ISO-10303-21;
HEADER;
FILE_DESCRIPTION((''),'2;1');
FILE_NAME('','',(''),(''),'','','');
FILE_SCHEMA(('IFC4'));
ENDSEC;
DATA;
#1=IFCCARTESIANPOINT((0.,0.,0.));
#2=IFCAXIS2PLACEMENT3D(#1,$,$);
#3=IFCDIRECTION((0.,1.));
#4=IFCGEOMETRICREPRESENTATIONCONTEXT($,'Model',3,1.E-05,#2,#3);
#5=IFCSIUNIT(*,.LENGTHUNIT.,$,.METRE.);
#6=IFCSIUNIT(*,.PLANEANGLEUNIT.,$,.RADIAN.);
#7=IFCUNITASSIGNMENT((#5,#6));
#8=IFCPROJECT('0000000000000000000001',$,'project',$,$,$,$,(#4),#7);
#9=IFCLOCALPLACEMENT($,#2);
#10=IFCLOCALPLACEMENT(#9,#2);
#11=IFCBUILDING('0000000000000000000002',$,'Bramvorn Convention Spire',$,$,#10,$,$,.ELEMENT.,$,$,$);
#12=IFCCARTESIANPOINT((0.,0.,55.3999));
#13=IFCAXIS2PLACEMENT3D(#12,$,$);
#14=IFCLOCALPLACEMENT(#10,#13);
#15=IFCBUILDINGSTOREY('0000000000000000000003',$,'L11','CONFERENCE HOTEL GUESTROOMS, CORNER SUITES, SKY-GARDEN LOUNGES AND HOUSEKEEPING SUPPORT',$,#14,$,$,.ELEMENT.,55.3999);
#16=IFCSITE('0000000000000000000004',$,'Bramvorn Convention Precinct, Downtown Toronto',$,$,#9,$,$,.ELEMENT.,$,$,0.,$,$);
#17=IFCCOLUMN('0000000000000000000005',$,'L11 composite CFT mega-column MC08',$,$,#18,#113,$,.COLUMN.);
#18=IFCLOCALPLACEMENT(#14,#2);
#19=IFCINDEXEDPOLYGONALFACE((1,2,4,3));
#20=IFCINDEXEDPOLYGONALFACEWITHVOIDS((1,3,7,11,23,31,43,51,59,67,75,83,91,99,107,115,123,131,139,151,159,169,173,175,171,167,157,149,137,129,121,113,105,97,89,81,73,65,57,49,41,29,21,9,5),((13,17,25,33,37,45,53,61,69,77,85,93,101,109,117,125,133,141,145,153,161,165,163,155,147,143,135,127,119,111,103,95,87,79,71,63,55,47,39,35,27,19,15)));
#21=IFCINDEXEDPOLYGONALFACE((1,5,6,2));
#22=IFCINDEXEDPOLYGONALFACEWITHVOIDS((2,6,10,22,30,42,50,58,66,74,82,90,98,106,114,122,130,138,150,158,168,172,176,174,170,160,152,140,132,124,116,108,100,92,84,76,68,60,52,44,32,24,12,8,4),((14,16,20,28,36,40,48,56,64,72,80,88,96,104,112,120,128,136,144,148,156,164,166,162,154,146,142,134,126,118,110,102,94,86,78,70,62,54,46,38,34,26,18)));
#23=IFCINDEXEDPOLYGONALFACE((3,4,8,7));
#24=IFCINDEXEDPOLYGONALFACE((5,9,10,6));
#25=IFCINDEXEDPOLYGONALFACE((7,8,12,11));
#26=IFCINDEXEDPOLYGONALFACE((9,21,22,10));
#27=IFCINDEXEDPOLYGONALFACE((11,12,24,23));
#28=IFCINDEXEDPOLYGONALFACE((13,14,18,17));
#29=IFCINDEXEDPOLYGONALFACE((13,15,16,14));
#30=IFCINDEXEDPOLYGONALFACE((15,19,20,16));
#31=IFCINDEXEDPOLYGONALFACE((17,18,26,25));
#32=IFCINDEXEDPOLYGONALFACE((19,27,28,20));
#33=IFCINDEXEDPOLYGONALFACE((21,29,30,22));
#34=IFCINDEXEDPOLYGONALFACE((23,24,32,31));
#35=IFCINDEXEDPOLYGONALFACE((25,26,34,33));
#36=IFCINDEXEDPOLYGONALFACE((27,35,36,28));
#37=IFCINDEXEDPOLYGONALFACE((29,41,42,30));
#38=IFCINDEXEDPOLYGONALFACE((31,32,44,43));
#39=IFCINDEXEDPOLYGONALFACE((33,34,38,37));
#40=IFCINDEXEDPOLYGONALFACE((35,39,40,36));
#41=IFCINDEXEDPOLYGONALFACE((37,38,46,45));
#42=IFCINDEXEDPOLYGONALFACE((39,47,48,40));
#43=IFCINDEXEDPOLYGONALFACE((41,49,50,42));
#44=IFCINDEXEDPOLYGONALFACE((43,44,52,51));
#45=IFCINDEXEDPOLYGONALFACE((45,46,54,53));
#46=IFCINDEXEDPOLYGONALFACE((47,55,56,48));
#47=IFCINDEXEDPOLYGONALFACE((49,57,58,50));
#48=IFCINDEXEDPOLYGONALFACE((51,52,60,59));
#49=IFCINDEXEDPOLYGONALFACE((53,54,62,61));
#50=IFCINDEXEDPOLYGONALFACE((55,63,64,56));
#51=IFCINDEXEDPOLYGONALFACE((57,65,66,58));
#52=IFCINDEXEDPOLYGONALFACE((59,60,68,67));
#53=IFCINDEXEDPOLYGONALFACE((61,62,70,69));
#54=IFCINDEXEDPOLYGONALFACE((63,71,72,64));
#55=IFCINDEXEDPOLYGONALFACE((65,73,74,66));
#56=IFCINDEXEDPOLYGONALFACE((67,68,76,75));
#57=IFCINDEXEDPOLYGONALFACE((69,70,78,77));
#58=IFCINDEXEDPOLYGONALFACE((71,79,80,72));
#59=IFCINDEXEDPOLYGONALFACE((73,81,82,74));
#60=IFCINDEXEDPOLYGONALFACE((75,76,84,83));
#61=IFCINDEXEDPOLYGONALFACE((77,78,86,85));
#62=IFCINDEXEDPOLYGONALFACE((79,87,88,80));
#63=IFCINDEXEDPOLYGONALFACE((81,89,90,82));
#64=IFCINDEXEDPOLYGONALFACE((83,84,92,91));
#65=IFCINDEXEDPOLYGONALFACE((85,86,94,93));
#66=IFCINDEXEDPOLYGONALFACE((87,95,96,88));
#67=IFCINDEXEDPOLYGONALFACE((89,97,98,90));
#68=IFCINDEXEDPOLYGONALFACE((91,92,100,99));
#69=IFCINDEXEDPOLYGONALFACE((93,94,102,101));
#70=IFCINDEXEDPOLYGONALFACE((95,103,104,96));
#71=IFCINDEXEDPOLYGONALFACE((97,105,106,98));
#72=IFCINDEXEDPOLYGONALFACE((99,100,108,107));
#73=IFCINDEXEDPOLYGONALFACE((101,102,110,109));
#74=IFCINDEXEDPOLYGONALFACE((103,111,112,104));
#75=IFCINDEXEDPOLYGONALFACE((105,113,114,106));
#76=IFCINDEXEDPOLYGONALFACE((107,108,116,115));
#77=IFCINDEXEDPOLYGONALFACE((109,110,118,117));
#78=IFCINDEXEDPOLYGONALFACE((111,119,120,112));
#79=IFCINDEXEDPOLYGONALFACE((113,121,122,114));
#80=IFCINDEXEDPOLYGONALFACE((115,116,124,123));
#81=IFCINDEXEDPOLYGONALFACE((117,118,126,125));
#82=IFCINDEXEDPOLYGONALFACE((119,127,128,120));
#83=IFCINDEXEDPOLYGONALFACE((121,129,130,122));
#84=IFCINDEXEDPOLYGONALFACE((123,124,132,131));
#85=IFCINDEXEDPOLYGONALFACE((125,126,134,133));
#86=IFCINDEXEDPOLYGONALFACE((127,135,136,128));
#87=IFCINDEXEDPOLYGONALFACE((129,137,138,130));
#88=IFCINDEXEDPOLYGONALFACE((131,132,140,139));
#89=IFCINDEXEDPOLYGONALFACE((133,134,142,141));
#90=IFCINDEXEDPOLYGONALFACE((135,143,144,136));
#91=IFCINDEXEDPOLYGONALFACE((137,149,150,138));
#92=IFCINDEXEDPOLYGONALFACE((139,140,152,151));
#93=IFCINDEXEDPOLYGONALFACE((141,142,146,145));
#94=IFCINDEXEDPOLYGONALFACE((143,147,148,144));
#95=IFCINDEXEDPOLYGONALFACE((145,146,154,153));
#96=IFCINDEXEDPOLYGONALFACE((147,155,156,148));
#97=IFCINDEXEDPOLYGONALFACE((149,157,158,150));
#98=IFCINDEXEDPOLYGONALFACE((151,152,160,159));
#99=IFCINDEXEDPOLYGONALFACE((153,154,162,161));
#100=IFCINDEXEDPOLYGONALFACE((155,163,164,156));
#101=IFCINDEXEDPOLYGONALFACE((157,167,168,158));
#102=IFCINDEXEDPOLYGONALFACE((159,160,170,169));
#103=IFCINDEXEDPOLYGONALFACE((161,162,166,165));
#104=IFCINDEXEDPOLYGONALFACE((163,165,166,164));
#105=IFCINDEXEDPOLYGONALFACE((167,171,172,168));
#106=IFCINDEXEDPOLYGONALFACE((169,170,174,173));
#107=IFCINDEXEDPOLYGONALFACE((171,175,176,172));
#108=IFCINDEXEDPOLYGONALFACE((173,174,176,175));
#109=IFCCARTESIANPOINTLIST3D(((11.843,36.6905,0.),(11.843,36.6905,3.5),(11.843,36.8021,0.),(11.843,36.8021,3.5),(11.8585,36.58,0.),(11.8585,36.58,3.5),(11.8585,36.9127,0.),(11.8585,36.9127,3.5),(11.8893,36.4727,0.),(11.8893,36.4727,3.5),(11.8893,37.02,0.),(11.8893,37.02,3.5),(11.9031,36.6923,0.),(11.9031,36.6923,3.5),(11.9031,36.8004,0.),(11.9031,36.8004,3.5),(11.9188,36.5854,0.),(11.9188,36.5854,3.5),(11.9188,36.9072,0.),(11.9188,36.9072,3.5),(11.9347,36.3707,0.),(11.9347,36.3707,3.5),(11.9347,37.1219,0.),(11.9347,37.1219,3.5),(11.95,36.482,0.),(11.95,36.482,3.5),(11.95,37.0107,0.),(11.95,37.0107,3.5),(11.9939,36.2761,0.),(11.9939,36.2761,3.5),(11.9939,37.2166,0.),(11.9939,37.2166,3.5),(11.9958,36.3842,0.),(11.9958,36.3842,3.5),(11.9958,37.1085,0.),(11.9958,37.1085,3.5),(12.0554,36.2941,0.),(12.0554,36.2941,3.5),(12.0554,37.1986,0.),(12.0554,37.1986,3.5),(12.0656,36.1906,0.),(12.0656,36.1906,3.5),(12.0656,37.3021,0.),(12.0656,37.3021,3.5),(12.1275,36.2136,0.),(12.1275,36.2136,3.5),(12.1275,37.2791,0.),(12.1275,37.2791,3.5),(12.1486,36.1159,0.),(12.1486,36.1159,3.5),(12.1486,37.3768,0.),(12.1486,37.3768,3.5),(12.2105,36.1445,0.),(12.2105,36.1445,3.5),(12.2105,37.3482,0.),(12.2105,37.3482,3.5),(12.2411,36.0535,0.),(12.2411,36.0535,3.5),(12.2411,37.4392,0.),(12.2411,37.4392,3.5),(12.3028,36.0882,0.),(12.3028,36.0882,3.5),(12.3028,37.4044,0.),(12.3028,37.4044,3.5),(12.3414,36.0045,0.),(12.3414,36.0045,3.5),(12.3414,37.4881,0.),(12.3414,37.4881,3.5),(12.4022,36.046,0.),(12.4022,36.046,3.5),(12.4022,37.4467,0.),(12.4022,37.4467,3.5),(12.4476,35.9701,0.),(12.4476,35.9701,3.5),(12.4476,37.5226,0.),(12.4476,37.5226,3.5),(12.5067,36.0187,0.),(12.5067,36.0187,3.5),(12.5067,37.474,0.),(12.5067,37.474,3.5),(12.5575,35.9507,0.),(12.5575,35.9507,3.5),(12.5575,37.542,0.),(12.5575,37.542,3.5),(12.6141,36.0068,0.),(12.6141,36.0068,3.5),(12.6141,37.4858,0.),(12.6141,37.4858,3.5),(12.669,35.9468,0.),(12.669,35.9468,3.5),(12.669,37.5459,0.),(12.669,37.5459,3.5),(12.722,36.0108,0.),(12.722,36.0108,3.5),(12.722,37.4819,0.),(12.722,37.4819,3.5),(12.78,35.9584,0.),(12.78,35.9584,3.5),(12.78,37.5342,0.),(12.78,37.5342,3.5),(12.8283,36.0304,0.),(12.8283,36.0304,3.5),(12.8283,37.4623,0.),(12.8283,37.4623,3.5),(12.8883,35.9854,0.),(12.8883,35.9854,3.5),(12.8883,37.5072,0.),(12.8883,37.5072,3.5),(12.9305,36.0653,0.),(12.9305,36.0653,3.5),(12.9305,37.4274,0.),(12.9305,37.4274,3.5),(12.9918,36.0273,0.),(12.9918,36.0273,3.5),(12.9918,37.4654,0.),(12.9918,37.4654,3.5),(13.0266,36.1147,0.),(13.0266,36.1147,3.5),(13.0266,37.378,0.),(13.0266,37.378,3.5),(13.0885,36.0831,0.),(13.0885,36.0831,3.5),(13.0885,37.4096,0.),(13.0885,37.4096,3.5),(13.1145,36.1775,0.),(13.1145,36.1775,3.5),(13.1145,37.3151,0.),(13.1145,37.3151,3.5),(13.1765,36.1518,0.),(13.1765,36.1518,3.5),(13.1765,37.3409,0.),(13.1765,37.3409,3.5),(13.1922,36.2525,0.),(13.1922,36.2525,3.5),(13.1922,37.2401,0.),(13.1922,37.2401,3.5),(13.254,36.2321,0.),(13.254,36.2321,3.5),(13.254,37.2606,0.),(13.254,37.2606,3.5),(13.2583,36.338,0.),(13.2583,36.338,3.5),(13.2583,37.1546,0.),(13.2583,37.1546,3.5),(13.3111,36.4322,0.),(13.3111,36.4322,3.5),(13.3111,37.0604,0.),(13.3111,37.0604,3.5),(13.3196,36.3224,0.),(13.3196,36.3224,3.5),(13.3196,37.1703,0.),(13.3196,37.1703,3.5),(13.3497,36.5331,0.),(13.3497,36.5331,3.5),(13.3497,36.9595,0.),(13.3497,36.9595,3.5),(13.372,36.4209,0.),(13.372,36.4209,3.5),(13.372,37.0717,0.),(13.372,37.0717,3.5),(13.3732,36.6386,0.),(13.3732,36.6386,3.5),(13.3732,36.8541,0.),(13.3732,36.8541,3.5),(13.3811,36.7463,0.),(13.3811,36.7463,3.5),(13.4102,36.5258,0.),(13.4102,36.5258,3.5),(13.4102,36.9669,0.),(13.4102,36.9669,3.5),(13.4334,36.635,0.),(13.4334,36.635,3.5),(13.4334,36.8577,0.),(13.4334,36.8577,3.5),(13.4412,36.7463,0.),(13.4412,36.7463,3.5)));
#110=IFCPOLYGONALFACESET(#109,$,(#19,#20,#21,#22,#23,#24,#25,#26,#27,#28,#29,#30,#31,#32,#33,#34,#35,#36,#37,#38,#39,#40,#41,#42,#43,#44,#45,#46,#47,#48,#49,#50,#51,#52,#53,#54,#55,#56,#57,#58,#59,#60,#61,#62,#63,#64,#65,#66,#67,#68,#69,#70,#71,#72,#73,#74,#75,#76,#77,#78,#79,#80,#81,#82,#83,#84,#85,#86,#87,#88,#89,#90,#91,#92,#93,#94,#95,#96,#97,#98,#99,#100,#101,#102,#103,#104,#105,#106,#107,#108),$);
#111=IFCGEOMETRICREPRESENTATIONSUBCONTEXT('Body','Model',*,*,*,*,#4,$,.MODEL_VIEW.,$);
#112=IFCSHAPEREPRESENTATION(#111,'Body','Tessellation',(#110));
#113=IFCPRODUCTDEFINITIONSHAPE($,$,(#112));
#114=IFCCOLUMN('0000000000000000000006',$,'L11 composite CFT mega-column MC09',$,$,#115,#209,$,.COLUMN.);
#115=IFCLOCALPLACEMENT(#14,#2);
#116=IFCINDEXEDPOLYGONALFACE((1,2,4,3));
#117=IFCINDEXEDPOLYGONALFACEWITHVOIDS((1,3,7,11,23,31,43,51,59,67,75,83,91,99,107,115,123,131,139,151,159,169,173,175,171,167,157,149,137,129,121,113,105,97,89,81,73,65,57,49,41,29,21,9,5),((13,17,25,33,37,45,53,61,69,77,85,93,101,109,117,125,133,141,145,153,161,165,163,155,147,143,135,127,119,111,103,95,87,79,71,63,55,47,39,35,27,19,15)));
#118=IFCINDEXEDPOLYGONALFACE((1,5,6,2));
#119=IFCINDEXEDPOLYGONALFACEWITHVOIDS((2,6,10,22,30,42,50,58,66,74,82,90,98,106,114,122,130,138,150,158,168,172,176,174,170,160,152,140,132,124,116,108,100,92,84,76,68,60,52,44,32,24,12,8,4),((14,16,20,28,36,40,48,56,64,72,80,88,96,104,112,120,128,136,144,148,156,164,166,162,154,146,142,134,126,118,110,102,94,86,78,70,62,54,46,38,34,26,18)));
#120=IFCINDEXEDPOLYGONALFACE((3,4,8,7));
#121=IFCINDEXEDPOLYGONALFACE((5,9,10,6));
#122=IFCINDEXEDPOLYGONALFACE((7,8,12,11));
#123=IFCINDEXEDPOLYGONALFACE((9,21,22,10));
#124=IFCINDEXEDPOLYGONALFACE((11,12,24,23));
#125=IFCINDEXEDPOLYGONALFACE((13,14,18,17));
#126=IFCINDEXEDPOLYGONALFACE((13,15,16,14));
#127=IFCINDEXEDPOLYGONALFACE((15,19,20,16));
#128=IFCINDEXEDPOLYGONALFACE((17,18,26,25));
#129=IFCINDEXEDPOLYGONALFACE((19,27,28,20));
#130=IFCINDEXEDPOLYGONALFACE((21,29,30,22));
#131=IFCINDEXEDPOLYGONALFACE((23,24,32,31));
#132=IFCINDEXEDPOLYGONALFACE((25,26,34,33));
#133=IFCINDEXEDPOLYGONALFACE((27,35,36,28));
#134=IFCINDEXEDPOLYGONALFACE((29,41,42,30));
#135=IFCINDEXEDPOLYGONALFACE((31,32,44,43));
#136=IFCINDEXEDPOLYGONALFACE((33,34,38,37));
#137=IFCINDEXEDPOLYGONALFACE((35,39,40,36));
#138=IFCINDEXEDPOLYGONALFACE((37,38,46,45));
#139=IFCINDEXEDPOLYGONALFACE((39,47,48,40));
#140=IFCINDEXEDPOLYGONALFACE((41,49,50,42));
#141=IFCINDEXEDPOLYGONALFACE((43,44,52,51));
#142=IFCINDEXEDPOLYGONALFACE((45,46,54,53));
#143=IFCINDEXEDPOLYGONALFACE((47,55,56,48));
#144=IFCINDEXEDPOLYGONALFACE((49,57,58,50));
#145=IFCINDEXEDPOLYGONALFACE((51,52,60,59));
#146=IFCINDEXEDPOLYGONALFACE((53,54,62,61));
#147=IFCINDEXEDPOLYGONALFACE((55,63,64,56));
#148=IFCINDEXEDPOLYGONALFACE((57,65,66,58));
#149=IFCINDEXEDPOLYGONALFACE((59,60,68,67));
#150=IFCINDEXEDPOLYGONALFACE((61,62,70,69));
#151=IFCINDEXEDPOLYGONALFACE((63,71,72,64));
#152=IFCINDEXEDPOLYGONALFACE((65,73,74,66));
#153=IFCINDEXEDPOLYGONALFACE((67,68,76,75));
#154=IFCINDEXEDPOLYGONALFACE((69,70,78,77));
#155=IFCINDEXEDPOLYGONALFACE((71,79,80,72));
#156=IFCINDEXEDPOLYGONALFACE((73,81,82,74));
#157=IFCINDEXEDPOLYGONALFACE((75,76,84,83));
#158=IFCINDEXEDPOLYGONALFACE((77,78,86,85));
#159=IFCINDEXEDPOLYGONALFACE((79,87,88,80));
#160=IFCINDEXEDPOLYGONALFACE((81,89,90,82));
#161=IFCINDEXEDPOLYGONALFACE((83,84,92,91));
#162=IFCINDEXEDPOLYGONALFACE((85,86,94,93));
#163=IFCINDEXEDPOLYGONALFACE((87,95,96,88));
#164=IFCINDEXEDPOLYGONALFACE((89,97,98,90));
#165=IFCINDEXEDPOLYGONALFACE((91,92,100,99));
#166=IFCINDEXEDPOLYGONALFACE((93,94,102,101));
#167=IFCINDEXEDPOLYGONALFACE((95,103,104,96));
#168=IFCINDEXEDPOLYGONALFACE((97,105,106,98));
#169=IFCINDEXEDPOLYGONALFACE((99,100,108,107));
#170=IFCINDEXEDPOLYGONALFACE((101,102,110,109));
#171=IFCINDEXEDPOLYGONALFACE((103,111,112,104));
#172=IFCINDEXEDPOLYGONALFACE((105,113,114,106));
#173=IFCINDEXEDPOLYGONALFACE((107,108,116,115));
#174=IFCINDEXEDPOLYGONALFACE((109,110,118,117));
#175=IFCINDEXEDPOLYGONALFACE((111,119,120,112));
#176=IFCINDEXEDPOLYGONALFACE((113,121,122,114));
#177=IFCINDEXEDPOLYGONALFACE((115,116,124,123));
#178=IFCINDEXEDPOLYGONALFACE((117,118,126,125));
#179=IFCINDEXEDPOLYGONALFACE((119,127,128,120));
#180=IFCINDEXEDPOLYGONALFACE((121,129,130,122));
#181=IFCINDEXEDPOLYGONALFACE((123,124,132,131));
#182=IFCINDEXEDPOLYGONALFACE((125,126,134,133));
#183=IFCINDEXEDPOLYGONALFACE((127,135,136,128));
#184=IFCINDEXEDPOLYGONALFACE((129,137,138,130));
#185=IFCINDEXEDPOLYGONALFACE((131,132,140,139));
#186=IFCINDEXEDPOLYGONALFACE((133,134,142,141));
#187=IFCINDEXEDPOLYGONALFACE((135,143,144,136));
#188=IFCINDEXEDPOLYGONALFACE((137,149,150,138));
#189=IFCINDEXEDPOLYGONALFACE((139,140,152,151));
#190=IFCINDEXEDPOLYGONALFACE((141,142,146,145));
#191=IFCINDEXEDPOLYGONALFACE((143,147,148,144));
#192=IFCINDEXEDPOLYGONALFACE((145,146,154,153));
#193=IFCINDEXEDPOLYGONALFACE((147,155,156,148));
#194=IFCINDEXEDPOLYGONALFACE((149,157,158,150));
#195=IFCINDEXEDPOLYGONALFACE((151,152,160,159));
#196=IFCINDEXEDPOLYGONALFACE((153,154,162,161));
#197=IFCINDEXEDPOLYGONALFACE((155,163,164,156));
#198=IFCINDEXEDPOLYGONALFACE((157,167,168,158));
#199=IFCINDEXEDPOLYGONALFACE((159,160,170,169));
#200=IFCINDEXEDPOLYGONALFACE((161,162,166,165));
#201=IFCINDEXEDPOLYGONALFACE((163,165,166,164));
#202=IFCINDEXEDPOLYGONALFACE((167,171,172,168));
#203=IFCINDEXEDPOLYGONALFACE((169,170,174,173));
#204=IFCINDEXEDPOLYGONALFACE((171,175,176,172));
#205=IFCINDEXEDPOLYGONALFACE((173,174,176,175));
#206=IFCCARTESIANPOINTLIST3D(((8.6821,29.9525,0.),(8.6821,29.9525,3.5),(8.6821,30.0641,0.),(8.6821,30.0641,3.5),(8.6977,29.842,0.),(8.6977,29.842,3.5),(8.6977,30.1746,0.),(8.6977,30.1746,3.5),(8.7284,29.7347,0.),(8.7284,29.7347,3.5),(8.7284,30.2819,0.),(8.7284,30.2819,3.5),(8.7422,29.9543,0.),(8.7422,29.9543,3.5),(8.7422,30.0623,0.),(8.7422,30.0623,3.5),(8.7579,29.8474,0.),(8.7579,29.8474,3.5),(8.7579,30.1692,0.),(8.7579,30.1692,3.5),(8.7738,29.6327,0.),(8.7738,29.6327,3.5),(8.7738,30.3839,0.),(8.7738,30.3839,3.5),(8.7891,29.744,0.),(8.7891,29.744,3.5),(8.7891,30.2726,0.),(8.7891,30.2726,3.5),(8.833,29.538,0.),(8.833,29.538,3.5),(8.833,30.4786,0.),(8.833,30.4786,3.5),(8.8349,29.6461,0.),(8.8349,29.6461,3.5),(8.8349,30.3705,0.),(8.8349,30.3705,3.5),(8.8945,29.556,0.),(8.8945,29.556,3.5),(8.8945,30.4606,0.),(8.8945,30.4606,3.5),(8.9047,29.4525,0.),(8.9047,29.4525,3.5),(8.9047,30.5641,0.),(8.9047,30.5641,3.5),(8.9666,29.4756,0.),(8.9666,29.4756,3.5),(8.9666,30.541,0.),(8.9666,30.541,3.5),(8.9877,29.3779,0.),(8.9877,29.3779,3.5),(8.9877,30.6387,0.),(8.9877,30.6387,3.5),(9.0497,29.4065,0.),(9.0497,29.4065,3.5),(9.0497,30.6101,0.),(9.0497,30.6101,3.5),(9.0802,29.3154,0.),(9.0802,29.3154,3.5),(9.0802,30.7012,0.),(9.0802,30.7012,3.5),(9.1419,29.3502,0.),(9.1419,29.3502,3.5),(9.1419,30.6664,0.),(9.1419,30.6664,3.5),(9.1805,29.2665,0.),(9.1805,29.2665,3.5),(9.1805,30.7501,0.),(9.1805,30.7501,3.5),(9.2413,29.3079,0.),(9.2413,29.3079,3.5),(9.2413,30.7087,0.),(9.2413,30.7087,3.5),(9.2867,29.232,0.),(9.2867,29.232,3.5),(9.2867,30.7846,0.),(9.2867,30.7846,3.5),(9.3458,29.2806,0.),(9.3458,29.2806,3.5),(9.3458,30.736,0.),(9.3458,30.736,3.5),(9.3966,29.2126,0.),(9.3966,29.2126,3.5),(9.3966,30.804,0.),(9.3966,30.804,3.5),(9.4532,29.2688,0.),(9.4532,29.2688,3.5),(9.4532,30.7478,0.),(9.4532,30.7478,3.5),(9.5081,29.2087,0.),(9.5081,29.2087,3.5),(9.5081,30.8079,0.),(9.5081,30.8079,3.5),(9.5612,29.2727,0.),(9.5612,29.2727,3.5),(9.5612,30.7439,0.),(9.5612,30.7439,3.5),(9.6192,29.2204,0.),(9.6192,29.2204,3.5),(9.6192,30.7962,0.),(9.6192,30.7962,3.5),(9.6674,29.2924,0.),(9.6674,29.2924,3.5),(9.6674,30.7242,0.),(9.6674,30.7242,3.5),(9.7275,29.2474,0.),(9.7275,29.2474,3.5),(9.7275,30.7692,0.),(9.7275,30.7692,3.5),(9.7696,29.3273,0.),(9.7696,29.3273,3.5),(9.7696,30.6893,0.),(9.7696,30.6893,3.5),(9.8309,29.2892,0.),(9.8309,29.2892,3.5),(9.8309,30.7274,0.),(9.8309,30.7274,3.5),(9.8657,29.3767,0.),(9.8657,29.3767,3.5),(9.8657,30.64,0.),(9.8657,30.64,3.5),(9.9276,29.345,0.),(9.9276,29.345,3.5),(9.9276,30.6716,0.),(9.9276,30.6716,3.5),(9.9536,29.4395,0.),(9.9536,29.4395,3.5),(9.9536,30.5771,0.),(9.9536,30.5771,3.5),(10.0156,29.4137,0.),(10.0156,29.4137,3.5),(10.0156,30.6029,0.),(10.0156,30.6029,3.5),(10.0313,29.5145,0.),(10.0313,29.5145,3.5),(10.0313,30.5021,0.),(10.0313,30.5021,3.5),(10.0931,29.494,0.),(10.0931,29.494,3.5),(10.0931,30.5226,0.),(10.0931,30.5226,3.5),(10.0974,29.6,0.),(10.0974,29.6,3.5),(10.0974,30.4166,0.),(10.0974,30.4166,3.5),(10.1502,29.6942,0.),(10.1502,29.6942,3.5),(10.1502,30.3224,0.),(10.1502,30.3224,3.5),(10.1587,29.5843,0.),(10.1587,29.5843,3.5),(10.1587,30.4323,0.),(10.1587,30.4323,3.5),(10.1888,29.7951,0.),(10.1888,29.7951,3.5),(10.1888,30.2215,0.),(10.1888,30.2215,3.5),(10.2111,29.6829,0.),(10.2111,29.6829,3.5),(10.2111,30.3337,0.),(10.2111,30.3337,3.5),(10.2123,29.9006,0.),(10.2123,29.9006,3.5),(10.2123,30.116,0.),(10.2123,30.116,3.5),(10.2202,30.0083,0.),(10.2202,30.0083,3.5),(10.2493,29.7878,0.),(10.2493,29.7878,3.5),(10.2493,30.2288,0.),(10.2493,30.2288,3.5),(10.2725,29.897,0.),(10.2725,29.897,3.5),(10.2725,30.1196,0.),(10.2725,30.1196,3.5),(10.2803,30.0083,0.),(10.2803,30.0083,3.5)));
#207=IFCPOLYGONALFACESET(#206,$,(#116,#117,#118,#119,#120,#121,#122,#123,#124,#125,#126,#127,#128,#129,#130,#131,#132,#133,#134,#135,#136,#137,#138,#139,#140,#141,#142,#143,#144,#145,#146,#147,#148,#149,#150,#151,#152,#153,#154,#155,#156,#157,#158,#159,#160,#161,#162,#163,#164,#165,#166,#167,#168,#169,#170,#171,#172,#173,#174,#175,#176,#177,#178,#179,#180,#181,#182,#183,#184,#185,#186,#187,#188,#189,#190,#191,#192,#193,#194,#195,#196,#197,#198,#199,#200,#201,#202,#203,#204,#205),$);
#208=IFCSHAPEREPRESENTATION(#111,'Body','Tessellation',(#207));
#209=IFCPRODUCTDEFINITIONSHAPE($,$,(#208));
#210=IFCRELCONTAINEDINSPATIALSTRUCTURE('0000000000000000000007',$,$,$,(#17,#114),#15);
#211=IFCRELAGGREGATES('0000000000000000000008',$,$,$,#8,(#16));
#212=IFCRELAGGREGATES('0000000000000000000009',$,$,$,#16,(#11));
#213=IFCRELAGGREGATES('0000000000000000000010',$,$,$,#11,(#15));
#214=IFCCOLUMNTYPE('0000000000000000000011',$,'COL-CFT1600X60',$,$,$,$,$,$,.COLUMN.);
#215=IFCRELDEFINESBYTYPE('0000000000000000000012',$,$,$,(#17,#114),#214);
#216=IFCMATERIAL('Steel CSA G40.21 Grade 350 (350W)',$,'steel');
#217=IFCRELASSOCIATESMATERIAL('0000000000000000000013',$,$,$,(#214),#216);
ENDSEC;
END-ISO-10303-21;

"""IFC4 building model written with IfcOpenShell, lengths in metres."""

from ifc_helpers import new_model, si_unit, direction, frame, origin, origin_2d, place, context, subcontext, project, spatial, hollow_circle, extrude, material, material_profile, profile_set, type_object, element, save


model = new_model("IFC4")

# Units and contexts
model_context = context("Model", 3, precision=1e-05, world=origin(), true_north=direction((0.0, 1.0)))
body_context = subcontext(model_context, "Body", "Model", "MODEL_VIEW")
ifc_project = project(units=[si_unit("LENGTHUNIT", "METRE"), si_unit("PLANEANGLEUNIT", "RADIAN")], contexts=[model_context])

# Site, building, storey
site_placement = place(None, origin())
site = spatial("IfcSite", under=ifc_project, at=site_placement, Name="Bramvorn Convention Precinct, Downtown Toronto", CompositionType="ELEMENT", RefElevation=0.0)
building_placement = place(site_placement, origin())
building = spatial("IfcBuilding", under=site, at=building_placement, Name="Bramvorn Convention Spire", CompositionType="ELEMENT")
storey_placement = place(building_placement, frame((0.0, 0.0, 55.3999)))
storey = spatial("IfcBuildingStorey", under=building, at=storey_placement, Name="L11", Description="CONFERENCE HOTEL GUESTROOMS, CORNER SUITES, SKY-GARDEN LOUNGES AND HOUSEKEEPING SUPPORT", CompositionType="ELEMENT", Elevation=55.3999)

# Columns
ifc_material_1 = material(Name="Steel CSA G40.21 Grade 350 (350W)", Category="steel")
ifc_material_profile_1 = material_profile(ifc_material_1, hollow_circle(Radius=0.8, WallThickness=0.0601, at=origin_2d()))
ifc_profile_set_1 = profile_set([ifc_material_profile_1], Name="Steel CSA G40.21 Grade 350 (350W) - CFT1600X60")
column_type = type_object("IfcColumnType", Name="COL-CFT1600X60", PredefinedType="COLUMN", material=ifc_profile_set_1)
for number, where, z_axis, x_axis, name in (
    (1, (12.6411, 36.7463, 0.0), (0.0, 0.0, 1.0), (1.0, 0.0, 0.0), "L11 composite CFT mega-column MC08"),
    (2, (9.4802, 30.0083, 0.0), (0.0, 0.0, 1.0), (1.0, 0.0, 0.0), "L11 composite CFT mega-column MC09"),
):
    element("IfcColumn", number, at=place(storey_placement, frame(where, z_axis=z_axis, x_axis=x_axis)), inside=storey, type_object=column_type, Name=name, PredefinedType="COLUMN", context=body_context, shape_type="SweptSolid", body=[
        extrude(hollow_circle(Radius=0.8, WallThickness=0.0601, at=origin_2d()), origin(), (0.0, 0.0, 1.0), 3.5),
    ])

save(model, "model.ifc")
